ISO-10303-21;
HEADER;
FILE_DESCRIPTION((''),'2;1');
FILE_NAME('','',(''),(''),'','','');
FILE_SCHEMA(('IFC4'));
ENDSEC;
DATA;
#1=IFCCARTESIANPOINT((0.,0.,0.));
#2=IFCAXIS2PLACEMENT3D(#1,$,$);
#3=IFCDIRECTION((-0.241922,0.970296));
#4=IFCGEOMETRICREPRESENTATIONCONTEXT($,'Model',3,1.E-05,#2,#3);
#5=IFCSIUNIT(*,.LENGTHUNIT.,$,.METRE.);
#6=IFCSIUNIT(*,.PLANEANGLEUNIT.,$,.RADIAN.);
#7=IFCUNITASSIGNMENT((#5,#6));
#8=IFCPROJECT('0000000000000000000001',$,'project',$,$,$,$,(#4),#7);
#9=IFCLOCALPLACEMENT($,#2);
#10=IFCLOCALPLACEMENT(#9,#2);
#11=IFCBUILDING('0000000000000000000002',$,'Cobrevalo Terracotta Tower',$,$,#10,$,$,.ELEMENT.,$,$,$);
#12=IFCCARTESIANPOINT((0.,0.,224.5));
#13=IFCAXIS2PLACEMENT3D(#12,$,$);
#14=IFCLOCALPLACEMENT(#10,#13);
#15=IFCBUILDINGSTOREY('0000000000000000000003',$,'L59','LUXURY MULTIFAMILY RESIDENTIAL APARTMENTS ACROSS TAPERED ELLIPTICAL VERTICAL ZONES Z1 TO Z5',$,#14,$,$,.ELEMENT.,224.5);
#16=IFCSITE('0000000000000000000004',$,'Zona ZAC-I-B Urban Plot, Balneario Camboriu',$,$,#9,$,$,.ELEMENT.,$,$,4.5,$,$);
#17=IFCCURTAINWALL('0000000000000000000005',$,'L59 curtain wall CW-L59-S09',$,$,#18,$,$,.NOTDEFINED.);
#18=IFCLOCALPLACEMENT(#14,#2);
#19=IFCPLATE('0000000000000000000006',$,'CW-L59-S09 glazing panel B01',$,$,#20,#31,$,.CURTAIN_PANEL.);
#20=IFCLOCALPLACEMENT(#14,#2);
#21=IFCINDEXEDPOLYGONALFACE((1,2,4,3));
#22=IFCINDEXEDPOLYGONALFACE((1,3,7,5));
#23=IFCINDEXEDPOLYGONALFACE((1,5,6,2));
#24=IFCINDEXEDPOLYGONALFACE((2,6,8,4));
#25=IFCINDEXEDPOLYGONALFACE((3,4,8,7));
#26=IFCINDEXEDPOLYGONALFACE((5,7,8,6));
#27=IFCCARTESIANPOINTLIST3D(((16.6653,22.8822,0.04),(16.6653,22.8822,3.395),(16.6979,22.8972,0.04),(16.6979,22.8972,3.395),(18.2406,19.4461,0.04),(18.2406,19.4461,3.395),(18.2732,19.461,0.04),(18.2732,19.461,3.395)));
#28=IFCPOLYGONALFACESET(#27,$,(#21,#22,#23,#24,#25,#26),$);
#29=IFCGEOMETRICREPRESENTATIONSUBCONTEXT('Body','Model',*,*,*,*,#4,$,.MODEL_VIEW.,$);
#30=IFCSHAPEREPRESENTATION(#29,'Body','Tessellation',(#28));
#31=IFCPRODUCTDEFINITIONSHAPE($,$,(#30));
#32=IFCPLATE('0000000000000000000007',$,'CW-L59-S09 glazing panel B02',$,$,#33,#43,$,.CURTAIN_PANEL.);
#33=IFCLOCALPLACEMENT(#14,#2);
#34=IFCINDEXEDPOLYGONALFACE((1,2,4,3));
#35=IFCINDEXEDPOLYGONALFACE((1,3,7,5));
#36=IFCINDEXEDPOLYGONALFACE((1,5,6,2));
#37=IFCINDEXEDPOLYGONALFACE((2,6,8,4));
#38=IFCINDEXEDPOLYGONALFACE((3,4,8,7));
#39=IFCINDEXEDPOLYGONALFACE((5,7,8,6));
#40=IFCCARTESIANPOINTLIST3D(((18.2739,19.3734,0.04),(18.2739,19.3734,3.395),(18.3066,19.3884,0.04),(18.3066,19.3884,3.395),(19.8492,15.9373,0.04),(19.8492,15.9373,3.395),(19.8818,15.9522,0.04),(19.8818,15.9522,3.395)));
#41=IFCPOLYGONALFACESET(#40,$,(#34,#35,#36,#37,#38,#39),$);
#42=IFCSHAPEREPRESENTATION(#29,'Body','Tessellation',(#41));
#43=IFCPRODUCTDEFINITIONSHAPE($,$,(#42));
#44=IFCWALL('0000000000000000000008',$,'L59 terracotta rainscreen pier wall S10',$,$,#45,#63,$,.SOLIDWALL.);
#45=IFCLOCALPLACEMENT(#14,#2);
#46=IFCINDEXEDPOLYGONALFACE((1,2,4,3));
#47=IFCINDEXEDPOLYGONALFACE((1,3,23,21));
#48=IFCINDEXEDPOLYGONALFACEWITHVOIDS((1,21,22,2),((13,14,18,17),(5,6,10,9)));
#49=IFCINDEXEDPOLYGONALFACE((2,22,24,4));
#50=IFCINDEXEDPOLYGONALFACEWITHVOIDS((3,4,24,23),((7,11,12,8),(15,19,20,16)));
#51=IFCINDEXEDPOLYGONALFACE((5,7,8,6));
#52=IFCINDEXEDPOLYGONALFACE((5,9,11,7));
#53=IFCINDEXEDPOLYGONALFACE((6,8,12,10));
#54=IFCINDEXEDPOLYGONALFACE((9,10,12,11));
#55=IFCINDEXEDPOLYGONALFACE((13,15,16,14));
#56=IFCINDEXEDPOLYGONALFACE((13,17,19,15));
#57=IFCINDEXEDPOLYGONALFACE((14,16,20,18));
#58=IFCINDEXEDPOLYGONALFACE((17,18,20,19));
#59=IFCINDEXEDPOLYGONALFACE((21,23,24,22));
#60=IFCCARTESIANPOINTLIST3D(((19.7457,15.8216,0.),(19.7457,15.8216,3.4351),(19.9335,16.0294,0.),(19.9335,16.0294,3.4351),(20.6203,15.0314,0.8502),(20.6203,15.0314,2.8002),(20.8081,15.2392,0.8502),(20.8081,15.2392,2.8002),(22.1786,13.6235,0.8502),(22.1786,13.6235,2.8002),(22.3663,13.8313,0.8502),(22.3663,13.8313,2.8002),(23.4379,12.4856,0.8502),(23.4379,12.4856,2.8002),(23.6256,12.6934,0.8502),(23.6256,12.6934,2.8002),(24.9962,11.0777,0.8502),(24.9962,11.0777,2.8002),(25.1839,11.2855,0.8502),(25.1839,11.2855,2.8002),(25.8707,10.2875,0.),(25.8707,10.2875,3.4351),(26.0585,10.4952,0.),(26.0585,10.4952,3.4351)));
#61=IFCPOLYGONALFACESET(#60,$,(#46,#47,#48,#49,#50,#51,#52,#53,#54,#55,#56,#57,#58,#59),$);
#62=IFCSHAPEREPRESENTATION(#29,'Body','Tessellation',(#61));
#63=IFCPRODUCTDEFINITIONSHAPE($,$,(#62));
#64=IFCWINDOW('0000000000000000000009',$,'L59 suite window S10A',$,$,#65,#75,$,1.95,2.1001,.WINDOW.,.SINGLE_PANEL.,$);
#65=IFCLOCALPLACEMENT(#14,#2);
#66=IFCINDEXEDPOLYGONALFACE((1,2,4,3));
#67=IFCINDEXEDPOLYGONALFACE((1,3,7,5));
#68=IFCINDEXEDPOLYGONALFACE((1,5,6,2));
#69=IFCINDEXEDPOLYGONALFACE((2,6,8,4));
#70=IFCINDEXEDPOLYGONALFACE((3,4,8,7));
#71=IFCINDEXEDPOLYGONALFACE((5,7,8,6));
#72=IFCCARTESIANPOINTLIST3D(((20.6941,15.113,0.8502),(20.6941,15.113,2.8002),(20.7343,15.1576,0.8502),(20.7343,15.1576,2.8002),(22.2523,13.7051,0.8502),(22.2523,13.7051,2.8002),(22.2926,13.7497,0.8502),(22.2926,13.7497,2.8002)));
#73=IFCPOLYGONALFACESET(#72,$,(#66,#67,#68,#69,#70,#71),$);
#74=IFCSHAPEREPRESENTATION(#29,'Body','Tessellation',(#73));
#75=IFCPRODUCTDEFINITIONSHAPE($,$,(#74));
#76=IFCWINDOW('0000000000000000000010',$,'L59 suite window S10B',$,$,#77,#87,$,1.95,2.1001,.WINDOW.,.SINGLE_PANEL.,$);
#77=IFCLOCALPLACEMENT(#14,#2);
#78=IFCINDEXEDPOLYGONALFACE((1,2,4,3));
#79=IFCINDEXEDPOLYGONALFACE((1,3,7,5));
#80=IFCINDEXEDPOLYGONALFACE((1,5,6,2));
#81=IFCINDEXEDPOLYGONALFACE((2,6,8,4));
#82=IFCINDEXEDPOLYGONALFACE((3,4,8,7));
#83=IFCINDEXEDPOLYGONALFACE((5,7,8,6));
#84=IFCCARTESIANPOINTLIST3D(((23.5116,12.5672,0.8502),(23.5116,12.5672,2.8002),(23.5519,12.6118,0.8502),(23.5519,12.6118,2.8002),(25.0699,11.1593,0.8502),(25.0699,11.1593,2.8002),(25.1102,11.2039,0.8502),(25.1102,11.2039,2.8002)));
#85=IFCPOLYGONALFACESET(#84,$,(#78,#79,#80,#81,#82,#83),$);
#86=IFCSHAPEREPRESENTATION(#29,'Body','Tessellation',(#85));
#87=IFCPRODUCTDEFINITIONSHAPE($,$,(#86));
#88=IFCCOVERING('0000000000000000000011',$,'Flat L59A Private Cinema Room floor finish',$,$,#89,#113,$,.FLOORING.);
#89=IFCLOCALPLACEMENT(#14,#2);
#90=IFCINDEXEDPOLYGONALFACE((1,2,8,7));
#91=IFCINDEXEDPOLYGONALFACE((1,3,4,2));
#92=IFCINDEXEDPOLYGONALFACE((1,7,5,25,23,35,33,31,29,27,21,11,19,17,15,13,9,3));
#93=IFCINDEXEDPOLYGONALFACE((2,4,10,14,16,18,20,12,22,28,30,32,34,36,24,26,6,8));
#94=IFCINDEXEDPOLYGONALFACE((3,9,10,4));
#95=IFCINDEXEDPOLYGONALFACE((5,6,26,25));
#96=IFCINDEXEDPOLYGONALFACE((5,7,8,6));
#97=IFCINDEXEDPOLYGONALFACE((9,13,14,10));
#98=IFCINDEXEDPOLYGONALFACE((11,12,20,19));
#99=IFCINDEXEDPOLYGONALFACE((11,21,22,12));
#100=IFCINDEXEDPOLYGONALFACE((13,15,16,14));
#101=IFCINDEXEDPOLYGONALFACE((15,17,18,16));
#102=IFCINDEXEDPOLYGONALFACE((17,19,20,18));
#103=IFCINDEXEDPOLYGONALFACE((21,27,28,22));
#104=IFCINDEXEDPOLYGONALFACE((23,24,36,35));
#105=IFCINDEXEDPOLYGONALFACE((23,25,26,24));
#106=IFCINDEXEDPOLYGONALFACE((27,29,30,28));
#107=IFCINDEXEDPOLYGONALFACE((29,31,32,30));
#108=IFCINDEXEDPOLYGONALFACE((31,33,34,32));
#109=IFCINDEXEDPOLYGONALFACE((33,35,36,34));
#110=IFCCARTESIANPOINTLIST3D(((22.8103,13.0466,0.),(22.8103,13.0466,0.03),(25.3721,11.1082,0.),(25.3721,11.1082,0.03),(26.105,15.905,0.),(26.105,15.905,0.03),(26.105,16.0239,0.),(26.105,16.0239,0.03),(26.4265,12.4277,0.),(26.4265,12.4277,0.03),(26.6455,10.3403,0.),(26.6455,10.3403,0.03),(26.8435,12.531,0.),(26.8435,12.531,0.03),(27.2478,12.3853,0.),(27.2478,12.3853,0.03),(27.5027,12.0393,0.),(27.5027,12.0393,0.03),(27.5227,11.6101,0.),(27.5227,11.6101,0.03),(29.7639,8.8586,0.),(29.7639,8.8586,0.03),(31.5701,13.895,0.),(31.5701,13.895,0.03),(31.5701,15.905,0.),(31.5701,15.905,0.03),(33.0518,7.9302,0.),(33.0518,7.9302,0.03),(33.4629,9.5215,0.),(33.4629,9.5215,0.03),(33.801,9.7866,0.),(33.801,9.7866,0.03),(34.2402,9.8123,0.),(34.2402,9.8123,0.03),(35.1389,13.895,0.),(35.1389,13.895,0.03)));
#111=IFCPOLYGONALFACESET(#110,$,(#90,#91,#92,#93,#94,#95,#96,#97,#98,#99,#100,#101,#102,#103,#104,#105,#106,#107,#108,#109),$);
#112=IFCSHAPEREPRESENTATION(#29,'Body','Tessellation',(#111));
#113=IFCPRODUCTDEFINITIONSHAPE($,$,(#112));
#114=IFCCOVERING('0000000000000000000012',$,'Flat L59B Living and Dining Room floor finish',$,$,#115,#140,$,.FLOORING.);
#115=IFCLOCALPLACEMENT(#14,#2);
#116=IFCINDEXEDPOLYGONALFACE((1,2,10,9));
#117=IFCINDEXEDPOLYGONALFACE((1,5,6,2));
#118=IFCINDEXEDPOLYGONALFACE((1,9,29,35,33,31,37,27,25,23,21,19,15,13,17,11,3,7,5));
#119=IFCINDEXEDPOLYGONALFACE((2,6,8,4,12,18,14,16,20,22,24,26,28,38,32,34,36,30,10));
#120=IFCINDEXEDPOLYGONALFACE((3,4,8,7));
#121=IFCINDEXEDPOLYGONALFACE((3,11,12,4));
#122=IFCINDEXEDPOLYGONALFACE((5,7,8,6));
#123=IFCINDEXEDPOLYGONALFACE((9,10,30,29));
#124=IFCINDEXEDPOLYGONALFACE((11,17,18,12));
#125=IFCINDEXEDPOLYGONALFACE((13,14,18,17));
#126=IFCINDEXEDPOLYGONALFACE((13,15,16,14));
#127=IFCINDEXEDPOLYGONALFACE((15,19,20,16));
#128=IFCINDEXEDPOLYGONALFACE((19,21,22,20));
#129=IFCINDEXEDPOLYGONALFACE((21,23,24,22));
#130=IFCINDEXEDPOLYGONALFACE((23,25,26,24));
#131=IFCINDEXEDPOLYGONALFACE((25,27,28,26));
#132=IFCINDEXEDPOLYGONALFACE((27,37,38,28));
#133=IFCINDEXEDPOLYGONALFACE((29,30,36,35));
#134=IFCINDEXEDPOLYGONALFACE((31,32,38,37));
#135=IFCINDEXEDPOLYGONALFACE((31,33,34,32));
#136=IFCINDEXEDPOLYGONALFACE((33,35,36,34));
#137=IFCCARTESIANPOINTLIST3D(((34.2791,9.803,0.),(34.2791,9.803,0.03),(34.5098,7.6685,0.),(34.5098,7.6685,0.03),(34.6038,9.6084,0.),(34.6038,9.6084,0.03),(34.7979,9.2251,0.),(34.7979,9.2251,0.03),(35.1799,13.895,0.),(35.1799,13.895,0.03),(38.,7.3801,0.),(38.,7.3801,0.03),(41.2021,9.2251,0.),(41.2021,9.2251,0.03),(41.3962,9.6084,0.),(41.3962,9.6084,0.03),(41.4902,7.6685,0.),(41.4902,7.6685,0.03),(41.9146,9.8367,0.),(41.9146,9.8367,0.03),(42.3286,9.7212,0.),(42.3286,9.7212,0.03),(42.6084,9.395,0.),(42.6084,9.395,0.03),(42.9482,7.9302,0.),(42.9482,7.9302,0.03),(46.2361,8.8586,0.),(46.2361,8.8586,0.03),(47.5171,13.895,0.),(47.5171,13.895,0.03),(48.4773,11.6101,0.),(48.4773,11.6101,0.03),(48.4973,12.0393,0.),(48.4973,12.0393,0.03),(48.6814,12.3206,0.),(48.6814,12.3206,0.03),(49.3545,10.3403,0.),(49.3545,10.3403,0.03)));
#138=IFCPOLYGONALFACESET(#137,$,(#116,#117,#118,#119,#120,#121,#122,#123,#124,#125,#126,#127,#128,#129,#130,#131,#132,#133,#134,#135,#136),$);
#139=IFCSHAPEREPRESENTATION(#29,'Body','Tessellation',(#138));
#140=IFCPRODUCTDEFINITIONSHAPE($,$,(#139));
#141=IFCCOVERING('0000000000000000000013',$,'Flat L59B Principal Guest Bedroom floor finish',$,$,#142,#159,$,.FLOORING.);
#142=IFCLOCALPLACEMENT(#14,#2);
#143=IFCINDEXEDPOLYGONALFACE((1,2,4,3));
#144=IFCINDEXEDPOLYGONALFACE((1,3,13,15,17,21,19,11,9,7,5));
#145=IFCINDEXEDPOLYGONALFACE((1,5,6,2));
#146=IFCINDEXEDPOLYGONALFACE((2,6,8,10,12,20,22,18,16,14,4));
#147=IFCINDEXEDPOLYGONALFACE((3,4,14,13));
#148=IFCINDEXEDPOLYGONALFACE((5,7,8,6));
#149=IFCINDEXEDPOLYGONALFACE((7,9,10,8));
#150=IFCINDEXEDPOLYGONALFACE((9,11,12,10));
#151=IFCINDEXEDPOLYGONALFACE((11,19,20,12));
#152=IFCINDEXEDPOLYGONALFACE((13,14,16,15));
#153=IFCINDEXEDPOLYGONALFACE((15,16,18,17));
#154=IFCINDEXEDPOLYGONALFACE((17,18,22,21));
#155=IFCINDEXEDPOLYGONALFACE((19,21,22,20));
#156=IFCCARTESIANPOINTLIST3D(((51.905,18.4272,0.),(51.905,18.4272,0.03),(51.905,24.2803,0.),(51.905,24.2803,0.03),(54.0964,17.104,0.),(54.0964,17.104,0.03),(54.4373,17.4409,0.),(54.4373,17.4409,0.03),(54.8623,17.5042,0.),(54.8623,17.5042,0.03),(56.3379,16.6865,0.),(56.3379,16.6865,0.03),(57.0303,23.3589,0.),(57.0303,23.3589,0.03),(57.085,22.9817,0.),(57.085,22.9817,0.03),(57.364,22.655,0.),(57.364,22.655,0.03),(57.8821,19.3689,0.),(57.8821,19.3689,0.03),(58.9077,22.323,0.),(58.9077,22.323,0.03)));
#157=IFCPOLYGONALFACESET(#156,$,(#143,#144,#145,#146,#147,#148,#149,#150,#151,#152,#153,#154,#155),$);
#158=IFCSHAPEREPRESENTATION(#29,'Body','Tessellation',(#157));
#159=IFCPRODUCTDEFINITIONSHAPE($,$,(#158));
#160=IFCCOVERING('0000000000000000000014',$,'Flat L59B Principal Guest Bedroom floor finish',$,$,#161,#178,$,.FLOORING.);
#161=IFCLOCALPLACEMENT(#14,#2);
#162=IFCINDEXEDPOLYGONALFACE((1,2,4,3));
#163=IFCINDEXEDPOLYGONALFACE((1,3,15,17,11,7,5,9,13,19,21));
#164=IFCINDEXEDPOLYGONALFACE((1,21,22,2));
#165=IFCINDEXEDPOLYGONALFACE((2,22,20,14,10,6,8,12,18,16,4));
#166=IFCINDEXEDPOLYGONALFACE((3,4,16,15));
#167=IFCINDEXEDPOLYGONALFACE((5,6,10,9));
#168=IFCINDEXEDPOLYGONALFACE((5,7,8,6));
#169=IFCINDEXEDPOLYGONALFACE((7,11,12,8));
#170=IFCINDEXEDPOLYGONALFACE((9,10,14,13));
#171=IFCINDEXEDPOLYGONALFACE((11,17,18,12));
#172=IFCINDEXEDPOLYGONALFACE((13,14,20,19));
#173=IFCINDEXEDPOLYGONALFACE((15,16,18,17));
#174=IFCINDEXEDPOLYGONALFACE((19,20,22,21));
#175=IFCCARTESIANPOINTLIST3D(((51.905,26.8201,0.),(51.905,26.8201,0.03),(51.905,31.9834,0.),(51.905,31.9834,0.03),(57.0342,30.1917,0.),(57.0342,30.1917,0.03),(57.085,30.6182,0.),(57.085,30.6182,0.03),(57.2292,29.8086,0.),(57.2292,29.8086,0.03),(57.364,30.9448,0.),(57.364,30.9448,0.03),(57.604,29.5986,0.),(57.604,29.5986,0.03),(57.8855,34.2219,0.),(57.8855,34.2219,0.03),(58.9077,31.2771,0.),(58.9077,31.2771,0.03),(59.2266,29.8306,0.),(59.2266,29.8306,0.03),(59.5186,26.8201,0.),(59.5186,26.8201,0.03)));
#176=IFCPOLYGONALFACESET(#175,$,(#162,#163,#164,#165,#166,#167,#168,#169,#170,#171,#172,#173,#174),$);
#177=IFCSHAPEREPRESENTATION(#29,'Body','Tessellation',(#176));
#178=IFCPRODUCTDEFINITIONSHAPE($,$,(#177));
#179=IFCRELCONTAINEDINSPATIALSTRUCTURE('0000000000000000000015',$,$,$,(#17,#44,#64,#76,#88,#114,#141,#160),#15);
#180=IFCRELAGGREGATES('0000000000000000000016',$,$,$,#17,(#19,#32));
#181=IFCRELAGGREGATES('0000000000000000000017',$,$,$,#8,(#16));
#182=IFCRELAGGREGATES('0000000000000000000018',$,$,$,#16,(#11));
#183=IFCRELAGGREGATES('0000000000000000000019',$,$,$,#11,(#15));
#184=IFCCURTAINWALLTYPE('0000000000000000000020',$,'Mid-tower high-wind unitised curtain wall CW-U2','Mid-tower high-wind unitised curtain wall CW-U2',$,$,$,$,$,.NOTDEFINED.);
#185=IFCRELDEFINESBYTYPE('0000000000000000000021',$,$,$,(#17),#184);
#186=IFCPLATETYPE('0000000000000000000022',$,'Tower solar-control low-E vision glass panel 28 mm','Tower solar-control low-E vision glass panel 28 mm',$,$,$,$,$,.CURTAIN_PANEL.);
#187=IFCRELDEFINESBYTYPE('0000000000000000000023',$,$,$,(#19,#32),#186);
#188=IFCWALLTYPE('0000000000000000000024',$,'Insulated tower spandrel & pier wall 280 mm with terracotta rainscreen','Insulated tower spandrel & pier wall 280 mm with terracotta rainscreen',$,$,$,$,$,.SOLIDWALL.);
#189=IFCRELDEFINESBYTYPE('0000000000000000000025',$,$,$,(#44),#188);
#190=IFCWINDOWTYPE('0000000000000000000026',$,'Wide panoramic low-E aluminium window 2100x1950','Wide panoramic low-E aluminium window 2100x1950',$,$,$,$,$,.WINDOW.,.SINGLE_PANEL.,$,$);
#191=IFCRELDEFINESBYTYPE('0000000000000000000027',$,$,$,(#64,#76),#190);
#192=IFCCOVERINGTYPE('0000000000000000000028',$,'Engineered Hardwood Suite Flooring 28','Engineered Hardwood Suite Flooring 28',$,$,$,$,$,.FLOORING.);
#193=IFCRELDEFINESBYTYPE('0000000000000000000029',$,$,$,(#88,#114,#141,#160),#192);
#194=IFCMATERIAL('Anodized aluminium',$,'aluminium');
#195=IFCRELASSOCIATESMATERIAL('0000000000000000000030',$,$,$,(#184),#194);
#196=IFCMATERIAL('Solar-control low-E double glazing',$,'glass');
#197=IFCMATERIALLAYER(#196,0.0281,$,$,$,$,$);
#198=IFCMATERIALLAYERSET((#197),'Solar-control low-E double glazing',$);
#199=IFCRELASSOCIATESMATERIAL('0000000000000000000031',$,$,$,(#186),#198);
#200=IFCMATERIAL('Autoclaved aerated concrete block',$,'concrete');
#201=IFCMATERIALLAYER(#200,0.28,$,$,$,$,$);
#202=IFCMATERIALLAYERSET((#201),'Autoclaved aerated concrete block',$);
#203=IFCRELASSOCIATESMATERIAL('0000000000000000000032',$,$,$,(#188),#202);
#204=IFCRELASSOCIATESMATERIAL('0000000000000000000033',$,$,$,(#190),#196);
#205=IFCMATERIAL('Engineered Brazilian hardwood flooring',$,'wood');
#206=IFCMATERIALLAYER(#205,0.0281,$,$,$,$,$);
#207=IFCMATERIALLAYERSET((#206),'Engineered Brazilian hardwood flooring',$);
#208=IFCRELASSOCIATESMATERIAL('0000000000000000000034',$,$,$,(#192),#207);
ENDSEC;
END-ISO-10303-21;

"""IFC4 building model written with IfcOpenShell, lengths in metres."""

from ifc_helpers import new_model, si_unit, direction, frame, frame_2d, origin, origin_2d, place, context, subcontext, project, spatial, polyline, rectangle, outline, extrude, source, transform, mapped, material, layer, layer_set, type_object, element, fill, aggregate, save


model = new_model("IFC4")

# Units and contexts
model_context = context("Model", 3, precision=1e-05, world=origin(), true_north=direction((-0.241922, 0.970296)))
body_context = subcontext(model_context, "Body", "Model", "MODEL_VIEW")
ifc_project = project(units=[si_unit("LENGTHUNIT", "METRE"), si_unit("PLANEANGLEUNIT", "RADIAN")], contexts=[model_context])

# Site, building, storey
site_placement = place(None, origin())
site = spatial("IfcSite", under=ifc_project, at=site_placement, Name="Zona ZAC-I-B Urban Plot, Balneario Camboriu", CompositionType="ELEMENT", RefElevation=4.5)
building_placement = place(site_placement, origin())
building = spatial("IfcBuilding", under=site, at=building_placement, Name="Cobrevalo Terracotta Tower", CompositionType="ELEMENT")
storey_placement = place(building_placement, frame((0.0, 0.0, 224.5)))
storey = spatial("IfcBuildingStorey", under=building, at=storey_placement, Name="L59", Description="LUXURY MULTIFAMILY RESIDENTIAL APARTMENTS ACROSS TAPERED ELLIPTICAL VERTICAL ZONES Z1 TO Z5", CompositionType="ELEMENT", Elevation=224.5)

# Curtain wall, plates
ifc_material_1 = material(Name="Anodized aluminium", Category="aluminium")
curtain_wall_type = type_object("IfcCurtainWallType", Name="Mid-tower high-wind unitised curtain wall CW-U2", Description="Mid-tower high-wind unitised curtain wall CW-U2", PredefinedType="NOTDEFINED", material=ifc_material_1)
curtain_wall_placement = place(storey_placement, origin())
curtain_wall = element("IfcCurtainWall", 1, at=curtain_wall_placement, inside=storey, type_object=curtain_wall_type, Name="L59 curtain wall CW-L59-S09", PredefinedType="NOTDEFINED")
ifc_material_2 = material(Name="Solar-control low-E double glazing", Category="glass")
ifc_layer_1 = layer(ifc_material_2, 0.0281)
ifc_layer_set_1 = layer_set([ifc_layer_1], Name="Solar-control low-E double glazing")
plate_type = type_object("IfcPlateType", Name="Tower solar-control low-E vision glass panel 28 mm", Description="Tower solar-control low-E vision glass panel 28 mm", PredefinedType="CURTAIN_PANEL", material=ifc_layer_set_1)
shared_shape_1 = source(origin(), body_context, "Body", "SweptSolid", [
    extrude(rectangle(XDim=3.78, YDim=0.0359, at=origin_2d()), origin(), (0.0, 0.0, 1.0), 3.355),
])
plate_1_placement = place(storey_placement, frame((17.4692, 21.1716, 0.04), z_axis=(0.0, 0.0, 1.0), x_axis=(0.416731, -0.90903, 0.0)))
plate_1 = element("IfcPlate", 2, at=plate_1_placement, type_object=plate_type, Name="CW-L59-S09 glazing panel B01", PredefinedType="CURTAIN_PANEL", context=body_context, shape_type="MappedRepresentation", body=[
    mapped(shared_shape_1, transform((0.0, 0.0, 0.0), scale=1.0)),
])
plate_2_placement = place(storey_placement, frame((19.0779, 17.6628, 0.04), z_axis=(0.0, 0.0, 1.0), x_axis=(0.416731, -0.90903, 0.0)))
plate_2 = element("IfcPlate", 3, at=plate_2_placement, type_object=plate_type, Name="CW-L59-S09 glazing panel B02", PredefinedType="CURTAIN_PANEL", context=body_context, shape_type="MappedRepresentation", body=[
    mapped(shared_shape_1, transform((0.0, 0.0, 0.0), scale=1.0)),
])
aggregate(curtain_wall, [plate_1, plate_2])

# Wall, openings, windows
ifc_material_3 = material(Name="Autoclaved aerated concrete block", Category="concrete")
ifc_layer_2 = layer(ifc_material_3, 0.28)
ifc_layer_set_2 = layer_set([ifc_layer_2], Name="Autoclaved aerated concrete block")
wall_type = type_object("IfcWallType", Name="Insulated tower spandrel & pier wall 280 mm with terracotta rainscreen", Description="Insulated tower spandrel & pier wall 280 mm with terracotta rainscreen", PredefinedType="SOLIDWALL", material=ifc_layer_set_2)
wall_placement = place(storey_placement, frame((19.8396, 15.9255, 0.0), z_axis=(0.0, 0.0, 1.0), x_axis=(0.741987, -0.670414, 0.0)))
wall = element("IfcWall", 4, at=wall_placement, inside=storey, type_object=wall_type, Name="L59 terracotta rainscreen pier wall S10", PredefinedType="SOLIDWALL", context=body_context, shape_type="SweptSolid", body=[
    extrude(rectangle(XDim=8.2549, YDim=0.28, at=frame_2d((4.1274, 0.0))), origin(), (0.0, 0.0, 1.0), 3.4351),
])
opening_1_placement = place(wall_placement, frame((1.1787, 0.0, 0.8501)))
opening_1 = element("IfcOpeningElement", 5, at=opening_1_placement, cuts=wall, PredefinedType="OPENING", context=body_context, shape_type="SweptSolid", body=[
    extrude(rectangle(XDim=2.1001, YDim=1.95, at=frame_2d((1.05, 0.9751))), frame((0.0, 0.1499, 0.0), z_axis=(0.0, -1.0, 0.0), x_axis=(1.0, 0.0, 0.0)), (0.0, 0.0, 1.0), 0.3),
])
opening_2_placement = place(wall_placement, frame((4.9761, 0.0, 0.8501)))
opening_2 = element("IfcOpeningElement", 6, at=opening_2_placement, cuts=wall, PredefinedType="OPENING", context=body_context, shape_type="SweptSolid", body=[
    extrude(rectangle(XDim=2.1001, YDim=1.95, at=frame_2d((1.05, 0.9751))), frame((0.0, 0.1499, 0.0), z_axis=(0.0, -1.0, 0.0), x_axis=(1.0, 0.0, 0.0)), (0.0, 0.0, 1.0), 0.3),
])
window_type = type_object("IfcWindowType", Name="Wide panoramic low-E aluminium window 2100x1950", Description="Wide panoramic low-E aluminium window 2100x1950", PartitioningType="SINGLE_PANEL", PredefinedType="WINDOW", material=ifc_material_2)
shared_shape_2 = source(origin(), body_context, "Body", "SweptSolid", [
    extrude(rectangle(XDim=2.1001, YDim=1.95, at=frame_2d((1.05, 0.9751))), frame((0.0, 0.03, 0.0), z_axis=(0.0, -1.0, 0.0), x_axis=(1.0, 0.0, 0.0)), (0.0, 0.0, 1.0), 0.0601),
])
window_1_placement = place(opening_1_placement, origin())
window_1 = element("IfcWindow", 7, at=window_1_placement, inside=storey, type_object=window_type, Name="L59 suite window S10A", OverallHeight=1.95, OverallWidth=2.1001, PartitioningType="SINGLE_PANEL", PredefinedType="WINDOW", context=body_context, shape_type="MappedRepresentation", body=[
    mapped(shared_shape_2, transform((0.0, 0.0, 0.0), scale=1.0)),
])
fill(opening_1, window_1)
window_2_placement = place(opening_2_placement, origin())
window_2 = element("IfcWindow", 8, at=window_2_placement, inside=storey, type_object=window_type, Name="L59 suite window S10B", OverallHeight=1.95, OverallWidth=2.1001, PartitioningType="SINGLE_PANEL", PredefinedType="WINDOW", context=body_context, shape_type="MappedRepresentation", body=[
    mapped(shared_shape_2, transform((0.0, 0.0, 0.0), scale=1.0)),
])
fill(opening_2, window_2)

# Coverings
ifc_material_4 = material(Name="Engineered Brazilian hardwood flooring", Category="wood")
ifc_layer_3 = layer(ifc_material_4, 0.0281)
ifc_layer_set_3 = layer_set([ifc_layer_3], Name="Engineered Brazilian hardwood flooring")
covering_type_1 = type_object("IfcCoveringType", Name="Engineered Hardwood Suite Flooring 28", Description="Engineered Hardwood Suite Flooring 28", PredefinedType="FLOORING", material=ifc_layer_set_3)
covering_1_placement = place(storey_placement, origin())
element("IfcCovering", 9, at=covering_1_placement, inside=storey, type_object=covering_type_1, Name="Flat L59A Private Cinema Room floor finish", PredefinedType="FLOORING", context=body_context, shape_type="SweptSolid", body=[
    extrude(outline(polyline([(26.6455, 10.3403), (27.5227, 11.6101), (27.5027, 12.0393), (27.2478, 12.3853), (26.8435, 12.531), (26.4265, 12.4277), (25.3721, 11.1082), (22.8103, 13.0466), (26.105, 16.0239), (26.105, 15.905), (31.5701, 15.905), (31.5701, 13.895), (35.1389, 13.895), (34.2402, 9.8123), (33.801, 9.7866), (33.4629, 9.5215), (33.0518, 7.9302), (29.7639, 8.8586), (26.6455, 10.3403)])), origin(), (0.0, 0.0, 1.0), 0.03),
])
covering_2_placement = place(storey_placement, origin())
element("IfcCovering", 10, at=covering_2_placement, inside=storey, type_object=covering_type_1, Name="Flat L59B Living and Dining Room floor finish", PredefinedType="FLOORING", context=body_context, shape_type="SweptSolid", body=[
    extrude(outline(polyline([(46.2361, 8.8586), (42.9482, 7.9302), (42.6084, 9.395), (42.3286, 9.7212), (41.9146, 9.8367), (41.3962, 9.6084), (41.2021, 9.2251), (41.4902, 7.6685), (38.0, 7.3801), (34.5098, 7.6685), (34.7979, 9.2251), (34.6038, 9.6084), (34.2791, 9.803), (35.1799, 13.895), (47.5171, 13.895), (48.6814, 12.3206), (48.4973, 12.0393), (48.4773, 11.6101), (49.3545, 10.3403), (46.2361, 8.8586)])), origin(), (0.0, 0.0, 1.0), 0.03),
])
covering_3_placement = place(storey_placement, origin())
element("IfcCovering", 11, at=covering_3_placement, inside=storey, type_object=covering_type_1, Name="Flat L59B Principal Guest Bedroom floor finish", PredefinedType="FLOORING", context=body_context, shape_type="SweptSolid", body=[
    extrude(outline(polyline([(56.3379, 16.6865), (54.8623, 17.5042), (54.4373, 17.4409), (54.0964, 17.104), (51.905, 18.4272), (51.905, 24.2803), (57.0303, 23.3589), (57.085, 22.9817), (57.364, 22.655), (58.9077, 22.323), (57.8821, 19.3689), (56.3379, 16.6865)])), origin(), (0.0, 0.0, 1.0), 0.03),
])
covering_4_placement = place(storey_placement, origin())
element("IfcCovering", 12, at=covering_4_placement, inside=storey, type_object=covering_type_1, Name="Flat L59B Principal Guest Bedroom floor finish", PredefinedType="FLOORING", context=body_context, shape_type="SweptSolid", body=[
    extrude(outline(polyline([(57.8855, 34.2219), (58.9077, 31.2771), (57.364, 30.9448), (57.085, 30.6182), (57.0342, 30.1917), (57.2292, 29.8086), (57.604, 29.5986), (59.2266, 29.8306), (59.5186, 26.8201), (51.905, 26.8201), (51.905, 31.9834), (57.8855, 34.2219)])), origin(), (0.0, 0.0, 1.0), 0.03),
])

save(model, "model.ifc")
